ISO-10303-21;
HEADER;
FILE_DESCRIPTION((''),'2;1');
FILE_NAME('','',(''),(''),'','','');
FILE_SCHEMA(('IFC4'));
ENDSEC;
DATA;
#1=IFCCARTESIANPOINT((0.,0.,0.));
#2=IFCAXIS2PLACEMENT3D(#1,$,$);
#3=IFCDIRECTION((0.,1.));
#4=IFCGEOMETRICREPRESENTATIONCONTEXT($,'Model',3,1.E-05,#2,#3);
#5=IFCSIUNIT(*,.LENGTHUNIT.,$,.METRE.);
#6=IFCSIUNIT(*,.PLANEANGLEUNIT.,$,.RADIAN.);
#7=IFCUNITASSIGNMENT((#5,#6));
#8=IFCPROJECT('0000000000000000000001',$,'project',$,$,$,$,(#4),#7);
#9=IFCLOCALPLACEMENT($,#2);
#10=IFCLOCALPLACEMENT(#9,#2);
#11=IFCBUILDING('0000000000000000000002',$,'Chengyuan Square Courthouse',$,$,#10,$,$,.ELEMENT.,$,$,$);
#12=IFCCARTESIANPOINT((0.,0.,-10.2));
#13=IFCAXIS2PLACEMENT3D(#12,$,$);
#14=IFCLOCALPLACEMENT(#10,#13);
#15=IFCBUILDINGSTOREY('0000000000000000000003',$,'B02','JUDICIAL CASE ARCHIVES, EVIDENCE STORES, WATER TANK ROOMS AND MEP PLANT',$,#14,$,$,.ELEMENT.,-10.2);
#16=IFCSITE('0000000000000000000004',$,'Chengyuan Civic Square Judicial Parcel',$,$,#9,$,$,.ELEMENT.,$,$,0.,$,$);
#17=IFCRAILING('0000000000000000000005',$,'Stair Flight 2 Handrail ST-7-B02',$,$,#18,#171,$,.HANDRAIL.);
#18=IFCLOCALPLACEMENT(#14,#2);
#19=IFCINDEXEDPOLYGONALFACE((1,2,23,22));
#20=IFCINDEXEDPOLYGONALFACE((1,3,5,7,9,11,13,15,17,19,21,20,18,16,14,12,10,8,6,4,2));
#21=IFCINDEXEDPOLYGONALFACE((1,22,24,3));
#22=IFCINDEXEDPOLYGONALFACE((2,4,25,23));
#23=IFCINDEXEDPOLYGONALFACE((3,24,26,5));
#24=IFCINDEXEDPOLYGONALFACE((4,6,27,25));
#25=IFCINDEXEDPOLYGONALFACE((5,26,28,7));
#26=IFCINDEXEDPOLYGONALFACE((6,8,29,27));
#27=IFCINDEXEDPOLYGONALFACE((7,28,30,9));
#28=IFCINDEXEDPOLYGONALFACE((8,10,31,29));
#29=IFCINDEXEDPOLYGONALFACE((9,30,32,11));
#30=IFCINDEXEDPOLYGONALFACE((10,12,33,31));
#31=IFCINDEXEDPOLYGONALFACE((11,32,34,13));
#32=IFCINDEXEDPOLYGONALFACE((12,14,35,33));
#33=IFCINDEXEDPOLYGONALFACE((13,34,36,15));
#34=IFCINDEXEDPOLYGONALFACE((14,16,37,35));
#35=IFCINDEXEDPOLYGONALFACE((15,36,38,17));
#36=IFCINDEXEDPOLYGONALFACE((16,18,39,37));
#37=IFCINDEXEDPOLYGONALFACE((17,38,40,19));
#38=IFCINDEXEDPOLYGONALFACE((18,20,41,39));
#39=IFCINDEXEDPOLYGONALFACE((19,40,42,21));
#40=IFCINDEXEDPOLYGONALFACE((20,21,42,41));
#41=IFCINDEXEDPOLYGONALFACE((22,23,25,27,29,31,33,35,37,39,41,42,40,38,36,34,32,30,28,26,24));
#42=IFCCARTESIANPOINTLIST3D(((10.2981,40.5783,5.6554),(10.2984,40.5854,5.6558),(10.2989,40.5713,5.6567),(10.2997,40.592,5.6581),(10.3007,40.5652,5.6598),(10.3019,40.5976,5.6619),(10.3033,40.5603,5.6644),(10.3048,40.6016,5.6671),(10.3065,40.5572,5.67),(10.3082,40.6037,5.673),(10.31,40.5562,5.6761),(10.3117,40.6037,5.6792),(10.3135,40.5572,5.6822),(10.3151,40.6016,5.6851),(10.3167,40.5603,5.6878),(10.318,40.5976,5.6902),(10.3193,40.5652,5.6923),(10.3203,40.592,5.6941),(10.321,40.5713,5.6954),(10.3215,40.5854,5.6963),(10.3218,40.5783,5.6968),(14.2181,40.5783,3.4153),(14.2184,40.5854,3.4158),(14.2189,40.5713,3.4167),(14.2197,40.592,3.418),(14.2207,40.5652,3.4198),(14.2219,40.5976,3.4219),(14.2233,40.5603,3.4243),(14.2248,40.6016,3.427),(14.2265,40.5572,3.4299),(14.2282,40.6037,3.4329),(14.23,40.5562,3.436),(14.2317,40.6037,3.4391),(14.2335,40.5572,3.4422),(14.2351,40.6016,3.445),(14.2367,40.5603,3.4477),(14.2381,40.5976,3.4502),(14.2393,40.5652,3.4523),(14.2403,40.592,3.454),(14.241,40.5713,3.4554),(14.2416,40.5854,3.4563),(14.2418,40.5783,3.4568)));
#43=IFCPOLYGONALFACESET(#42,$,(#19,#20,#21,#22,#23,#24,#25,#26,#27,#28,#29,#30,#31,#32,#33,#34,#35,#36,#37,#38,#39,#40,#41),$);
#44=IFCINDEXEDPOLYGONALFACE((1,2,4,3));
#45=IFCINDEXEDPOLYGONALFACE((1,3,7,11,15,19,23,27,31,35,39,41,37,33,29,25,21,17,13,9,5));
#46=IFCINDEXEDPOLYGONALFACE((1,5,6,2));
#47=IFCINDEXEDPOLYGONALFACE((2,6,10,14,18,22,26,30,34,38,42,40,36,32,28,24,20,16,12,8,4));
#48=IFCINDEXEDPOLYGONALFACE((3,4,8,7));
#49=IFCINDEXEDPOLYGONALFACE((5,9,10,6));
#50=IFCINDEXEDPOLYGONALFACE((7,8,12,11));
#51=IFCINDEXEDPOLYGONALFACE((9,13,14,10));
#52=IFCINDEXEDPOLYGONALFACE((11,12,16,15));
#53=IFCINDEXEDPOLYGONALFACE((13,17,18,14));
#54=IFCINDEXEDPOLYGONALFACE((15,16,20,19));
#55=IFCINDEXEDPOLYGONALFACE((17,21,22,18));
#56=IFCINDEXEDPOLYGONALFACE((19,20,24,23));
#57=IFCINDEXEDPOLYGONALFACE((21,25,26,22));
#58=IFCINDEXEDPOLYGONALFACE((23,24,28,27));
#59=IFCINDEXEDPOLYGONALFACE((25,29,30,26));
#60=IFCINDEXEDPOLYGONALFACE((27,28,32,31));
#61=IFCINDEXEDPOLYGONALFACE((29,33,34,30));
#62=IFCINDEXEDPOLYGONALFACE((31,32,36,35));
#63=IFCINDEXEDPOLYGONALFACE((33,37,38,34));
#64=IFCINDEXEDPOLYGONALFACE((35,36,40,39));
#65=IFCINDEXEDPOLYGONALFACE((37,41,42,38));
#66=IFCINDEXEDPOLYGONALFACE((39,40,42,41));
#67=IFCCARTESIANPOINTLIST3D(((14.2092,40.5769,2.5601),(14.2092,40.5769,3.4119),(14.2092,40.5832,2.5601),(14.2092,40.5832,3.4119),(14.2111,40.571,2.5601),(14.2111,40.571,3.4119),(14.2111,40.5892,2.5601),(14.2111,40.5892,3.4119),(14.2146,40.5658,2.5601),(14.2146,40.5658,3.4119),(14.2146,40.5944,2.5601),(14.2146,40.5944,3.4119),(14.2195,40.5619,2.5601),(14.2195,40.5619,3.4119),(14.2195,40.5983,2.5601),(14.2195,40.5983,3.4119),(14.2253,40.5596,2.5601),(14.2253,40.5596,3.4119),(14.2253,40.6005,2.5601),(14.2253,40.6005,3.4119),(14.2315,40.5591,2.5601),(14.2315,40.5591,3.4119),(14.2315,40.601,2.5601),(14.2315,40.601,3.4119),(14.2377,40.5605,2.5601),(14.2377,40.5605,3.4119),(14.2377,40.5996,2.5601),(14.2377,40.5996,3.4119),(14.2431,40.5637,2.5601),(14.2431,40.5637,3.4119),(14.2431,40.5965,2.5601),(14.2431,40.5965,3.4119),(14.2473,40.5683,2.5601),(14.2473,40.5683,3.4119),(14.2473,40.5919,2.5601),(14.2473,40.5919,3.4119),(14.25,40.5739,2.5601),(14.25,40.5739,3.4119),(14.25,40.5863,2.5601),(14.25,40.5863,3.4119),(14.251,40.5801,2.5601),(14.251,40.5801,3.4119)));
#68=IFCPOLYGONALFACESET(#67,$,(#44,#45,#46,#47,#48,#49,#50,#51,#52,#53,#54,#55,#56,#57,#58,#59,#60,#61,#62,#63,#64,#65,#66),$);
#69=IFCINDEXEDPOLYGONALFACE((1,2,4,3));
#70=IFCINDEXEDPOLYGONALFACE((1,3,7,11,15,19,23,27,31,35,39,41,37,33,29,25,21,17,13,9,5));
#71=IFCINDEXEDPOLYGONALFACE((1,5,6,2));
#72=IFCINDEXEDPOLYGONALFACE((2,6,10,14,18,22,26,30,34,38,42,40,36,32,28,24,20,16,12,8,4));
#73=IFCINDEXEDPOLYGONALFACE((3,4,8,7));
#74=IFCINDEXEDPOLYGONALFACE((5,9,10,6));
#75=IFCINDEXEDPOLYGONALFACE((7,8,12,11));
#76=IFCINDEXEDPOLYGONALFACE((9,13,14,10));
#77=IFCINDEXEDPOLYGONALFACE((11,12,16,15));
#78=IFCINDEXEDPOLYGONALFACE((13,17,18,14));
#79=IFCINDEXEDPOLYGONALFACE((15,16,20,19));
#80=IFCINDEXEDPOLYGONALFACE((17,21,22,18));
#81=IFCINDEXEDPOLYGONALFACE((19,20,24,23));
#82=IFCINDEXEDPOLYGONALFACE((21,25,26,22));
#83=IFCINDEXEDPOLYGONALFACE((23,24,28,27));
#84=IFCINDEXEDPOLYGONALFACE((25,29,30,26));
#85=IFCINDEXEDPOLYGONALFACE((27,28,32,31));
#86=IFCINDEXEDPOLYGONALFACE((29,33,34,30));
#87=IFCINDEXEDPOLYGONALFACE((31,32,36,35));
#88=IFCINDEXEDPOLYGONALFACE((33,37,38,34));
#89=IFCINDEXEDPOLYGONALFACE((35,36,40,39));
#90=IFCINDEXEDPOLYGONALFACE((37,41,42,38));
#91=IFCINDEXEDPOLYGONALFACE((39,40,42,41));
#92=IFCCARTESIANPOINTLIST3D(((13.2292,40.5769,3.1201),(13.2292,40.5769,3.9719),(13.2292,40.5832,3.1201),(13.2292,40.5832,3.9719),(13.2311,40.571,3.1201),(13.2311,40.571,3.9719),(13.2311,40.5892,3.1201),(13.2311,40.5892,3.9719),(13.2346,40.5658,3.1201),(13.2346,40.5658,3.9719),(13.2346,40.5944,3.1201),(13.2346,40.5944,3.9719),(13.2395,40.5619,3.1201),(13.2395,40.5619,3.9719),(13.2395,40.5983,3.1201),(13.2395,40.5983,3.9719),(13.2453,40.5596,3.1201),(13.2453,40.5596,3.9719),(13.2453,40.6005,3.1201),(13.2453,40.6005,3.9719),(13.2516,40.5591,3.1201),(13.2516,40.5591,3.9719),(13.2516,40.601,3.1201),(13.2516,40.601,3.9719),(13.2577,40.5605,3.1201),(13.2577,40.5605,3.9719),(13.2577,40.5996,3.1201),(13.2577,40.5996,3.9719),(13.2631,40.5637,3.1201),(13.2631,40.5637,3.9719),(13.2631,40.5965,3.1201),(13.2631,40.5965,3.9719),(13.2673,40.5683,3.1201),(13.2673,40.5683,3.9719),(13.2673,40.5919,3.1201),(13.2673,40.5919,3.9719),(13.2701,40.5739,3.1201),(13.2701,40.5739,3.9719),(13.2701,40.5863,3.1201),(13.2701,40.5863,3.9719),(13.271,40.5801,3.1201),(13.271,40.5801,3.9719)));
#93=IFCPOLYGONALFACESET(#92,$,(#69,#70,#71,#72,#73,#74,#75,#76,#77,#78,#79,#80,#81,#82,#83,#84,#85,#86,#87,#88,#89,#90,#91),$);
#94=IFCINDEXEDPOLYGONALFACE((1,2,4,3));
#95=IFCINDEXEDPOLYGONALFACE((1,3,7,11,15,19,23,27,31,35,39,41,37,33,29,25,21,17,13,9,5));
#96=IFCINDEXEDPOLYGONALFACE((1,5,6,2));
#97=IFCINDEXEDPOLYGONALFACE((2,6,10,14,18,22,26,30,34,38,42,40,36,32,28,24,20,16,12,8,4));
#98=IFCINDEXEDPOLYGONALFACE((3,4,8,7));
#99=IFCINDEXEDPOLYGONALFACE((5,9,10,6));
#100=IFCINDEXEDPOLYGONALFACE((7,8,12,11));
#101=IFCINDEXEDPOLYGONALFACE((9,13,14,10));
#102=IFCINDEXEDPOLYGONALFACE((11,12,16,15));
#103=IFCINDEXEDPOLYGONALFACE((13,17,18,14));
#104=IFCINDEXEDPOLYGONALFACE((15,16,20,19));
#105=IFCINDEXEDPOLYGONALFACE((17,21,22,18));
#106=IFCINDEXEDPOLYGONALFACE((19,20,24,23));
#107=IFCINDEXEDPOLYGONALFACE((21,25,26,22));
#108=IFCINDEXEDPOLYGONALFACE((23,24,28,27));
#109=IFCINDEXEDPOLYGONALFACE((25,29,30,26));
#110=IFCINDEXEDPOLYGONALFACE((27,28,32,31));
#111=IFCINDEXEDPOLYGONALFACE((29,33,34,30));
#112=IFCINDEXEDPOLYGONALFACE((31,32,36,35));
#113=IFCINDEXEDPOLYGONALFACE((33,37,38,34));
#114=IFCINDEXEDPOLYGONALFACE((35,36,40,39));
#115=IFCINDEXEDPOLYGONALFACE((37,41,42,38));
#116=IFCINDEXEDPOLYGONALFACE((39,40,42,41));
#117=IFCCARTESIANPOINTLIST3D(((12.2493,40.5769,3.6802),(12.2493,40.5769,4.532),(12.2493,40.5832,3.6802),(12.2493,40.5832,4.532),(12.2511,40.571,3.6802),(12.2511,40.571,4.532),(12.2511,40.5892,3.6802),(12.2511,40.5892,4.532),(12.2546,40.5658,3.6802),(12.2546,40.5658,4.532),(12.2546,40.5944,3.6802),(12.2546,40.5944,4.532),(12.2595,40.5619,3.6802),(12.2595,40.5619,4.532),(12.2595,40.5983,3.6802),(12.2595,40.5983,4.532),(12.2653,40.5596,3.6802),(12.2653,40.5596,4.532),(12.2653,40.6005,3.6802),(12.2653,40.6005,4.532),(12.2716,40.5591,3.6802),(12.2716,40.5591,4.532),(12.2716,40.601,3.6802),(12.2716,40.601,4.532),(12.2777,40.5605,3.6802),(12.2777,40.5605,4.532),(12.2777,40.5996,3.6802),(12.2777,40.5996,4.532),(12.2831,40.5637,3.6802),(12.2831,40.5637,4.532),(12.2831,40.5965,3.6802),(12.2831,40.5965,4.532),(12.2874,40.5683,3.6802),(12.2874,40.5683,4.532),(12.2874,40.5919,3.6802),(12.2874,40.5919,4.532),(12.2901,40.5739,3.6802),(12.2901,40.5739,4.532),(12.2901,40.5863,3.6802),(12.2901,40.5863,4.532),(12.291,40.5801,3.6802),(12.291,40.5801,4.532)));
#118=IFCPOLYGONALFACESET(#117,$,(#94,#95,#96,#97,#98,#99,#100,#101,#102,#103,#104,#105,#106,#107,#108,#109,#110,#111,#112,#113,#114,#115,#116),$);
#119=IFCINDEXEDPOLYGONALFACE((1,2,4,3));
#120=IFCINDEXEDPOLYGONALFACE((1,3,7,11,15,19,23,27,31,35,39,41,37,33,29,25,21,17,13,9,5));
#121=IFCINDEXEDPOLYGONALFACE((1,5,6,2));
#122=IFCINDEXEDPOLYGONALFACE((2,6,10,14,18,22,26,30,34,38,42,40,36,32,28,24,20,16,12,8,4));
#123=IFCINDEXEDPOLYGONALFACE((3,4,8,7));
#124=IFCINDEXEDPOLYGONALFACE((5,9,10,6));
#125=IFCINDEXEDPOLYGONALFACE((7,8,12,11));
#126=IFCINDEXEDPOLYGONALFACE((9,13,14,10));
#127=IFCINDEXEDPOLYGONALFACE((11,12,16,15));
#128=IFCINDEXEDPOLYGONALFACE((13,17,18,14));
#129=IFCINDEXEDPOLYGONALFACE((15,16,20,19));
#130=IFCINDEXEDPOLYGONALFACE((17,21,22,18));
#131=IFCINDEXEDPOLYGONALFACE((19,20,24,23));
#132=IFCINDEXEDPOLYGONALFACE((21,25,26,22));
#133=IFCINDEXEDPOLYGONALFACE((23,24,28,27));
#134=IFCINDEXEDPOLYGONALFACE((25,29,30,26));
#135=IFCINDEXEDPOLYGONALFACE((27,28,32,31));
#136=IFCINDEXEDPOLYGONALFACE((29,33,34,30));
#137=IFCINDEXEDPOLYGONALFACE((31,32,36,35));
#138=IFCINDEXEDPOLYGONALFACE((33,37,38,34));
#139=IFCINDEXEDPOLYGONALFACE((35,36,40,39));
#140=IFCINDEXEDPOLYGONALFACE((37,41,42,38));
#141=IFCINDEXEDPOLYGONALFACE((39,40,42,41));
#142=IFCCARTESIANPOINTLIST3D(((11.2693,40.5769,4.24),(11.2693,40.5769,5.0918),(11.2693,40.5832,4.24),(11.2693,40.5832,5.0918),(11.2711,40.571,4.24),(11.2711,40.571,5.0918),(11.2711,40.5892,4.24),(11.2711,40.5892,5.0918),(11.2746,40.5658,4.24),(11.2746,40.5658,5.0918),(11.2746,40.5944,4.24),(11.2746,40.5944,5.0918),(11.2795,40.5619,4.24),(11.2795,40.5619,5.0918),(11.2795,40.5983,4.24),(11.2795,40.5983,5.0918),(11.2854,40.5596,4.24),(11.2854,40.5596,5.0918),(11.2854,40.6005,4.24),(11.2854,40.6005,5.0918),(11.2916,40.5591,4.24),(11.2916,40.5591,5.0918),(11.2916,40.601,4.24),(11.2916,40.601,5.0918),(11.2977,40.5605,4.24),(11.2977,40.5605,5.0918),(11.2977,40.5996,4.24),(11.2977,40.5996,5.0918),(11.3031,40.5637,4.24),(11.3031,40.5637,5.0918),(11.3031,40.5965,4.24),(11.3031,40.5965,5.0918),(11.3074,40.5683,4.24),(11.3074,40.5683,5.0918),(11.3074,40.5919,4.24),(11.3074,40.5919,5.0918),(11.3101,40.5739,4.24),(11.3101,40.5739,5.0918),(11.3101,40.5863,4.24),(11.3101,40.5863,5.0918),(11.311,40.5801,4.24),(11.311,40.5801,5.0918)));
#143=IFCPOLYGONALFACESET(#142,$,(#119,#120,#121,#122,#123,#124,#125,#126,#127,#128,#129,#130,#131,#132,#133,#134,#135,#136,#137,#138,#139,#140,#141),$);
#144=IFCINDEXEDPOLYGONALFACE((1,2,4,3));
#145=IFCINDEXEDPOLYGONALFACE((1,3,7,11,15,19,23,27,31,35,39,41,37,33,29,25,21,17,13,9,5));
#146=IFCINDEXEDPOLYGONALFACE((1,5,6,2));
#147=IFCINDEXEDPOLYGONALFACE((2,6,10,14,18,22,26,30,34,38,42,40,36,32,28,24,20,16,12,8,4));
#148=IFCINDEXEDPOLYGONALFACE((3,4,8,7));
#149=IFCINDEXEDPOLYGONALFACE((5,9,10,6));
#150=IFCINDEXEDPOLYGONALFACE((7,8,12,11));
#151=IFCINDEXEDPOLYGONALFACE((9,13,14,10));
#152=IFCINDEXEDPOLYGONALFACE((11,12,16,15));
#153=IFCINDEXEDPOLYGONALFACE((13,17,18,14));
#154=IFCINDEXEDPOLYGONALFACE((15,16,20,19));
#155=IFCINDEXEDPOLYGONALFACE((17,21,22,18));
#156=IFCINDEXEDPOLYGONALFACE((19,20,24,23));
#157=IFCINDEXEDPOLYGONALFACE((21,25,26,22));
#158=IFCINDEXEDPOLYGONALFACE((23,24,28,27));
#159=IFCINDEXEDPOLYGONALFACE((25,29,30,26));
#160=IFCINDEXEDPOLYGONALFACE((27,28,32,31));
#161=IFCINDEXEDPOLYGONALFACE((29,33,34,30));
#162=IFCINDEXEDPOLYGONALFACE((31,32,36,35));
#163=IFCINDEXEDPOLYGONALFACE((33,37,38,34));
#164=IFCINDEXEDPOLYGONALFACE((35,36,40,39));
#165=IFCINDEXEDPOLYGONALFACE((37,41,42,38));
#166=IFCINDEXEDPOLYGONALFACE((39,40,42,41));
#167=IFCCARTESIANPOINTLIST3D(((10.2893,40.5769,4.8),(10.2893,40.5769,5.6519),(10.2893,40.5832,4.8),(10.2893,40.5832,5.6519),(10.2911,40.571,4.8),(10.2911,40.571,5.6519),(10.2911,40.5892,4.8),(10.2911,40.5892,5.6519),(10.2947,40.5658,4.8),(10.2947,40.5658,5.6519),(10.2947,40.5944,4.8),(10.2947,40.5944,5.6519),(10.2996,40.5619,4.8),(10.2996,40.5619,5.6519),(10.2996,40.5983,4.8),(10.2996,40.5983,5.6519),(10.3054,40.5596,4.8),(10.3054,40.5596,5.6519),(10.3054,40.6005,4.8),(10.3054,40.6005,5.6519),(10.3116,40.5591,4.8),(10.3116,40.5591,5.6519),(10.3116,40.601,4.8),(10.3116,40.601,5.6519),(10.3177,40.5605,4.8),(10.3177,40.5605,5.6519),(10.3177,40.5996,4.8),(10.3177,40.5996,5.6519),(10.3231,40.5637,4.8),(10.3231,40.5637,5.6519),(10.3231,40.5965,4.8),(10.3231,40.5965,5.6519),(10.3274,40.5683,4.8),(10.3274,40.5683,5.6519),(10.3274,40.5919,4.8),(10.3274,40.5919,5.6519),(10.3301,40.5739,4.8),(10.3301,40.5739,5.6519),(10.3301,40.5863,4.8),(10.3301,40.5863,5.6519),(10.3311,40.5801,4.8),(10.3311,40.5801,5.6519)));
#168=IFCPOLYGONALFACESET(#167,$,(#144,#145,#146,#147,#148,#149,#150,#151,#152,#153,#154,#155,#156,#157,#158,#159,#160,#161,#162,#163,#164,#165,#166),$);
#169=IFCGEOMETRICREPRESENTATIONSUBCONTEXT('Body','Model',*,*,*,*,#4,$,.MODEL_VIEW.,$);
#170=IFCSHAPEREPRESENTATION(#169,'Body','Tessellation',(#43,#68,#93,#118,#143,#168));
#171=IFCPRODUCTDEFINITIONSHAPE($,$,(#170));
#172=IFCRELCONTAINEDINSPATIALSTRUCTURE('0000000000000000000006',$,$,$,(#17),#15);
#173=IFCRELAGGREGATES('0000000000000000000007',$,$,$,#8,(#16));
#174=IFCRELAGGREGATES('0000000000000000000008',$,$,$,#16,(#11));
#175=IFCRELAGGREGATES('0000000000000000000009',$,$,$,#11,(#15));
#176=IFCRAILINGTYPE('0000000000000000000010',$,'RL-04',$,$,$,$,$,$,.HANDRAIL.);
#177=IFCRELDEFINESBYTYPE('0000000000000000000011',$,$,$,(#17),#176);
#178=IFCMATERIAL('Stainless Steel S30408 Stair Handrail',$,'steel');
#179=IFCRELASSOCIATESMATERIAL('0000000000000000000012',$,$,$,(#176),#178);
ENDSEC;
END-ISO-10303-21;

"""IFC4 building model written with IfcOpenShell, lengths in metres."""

from ifc_helpers import new_model, si_unit, direction, frame, origin, origin_2d, place, context, subcontext, project, spatial, circle, extrude, material, type_object, element, save


model = new_model("IFC4")

# Units and contexts
model_context = context("Model", 3, precision=1e-05, world=origin(), true_north=direction((0.0, 1.0)))
body_context = subcontext(model_context, "Body", "Model", "MODEL_VIEW")
ifc_project = project(units=[si_unit("LENGTHUNIT", "METRE"), si_unit("PLANEANGLEUNIT", "RADIAN")], contexts=[model_context])

# Site, building, storey
site_placement = place(None, origin())
site = spatial("IfcSite", under=ifc_project, at=site_placement, Name="Chengyuan Civic Square Judicial Parcel", CompositionType="ELEMENT", RefElevation=0.0)
building_placement = place(site_placement, origin())
building = spatial("IfcBuilding", under=site, at=building_placement, Name="Chengyuan Square Courthouse", CompositionType="ELEMENT")
storey_placement = place(building_placement, frame((0.0, 0.0, -10.2)))
storey = spatial("IfcBuildingStorey", under=building, at=storey_placement, Name="B02", Description="JUDICIAL CASE ARCHIVES, EVIDENCE STORES, WATER TANK ROOMS AND MEP PLANT", CompositionType="ELEMENT", Elevation=-10.2)

# Railing
ifc_material_1 = material(Name="Stainless Steel S30408 Stair Handrail", Category="steel")
railing_type_1 = type_object("IfcRailingType", Name="RL-04", PredefinedType="HANDRAIL", material=ifc_material_1)
railing_1_placement = place(storey_placement, frame((14.23, 40.5801, 2.5601)))
element("IfcRailing", 1, at=railing_1_placement, inside=storey, type_object=railing_type_1, Name="Stair Flight 2 Handrail ST-7-B02", PredefinedType="HANDRAIL", context=body_context, shape_type="SweptSolid", body=[
    extrude(circle(Radius=0.0239, at=origin_2d()), frame((0.0, 0.0, 0.876), z_axis=(-0.86824, 0.0, 0.496145), x_axis=(0.0, -1.0, 0.0)), (0.0, 0.0, 1.0), 4.5149),
    extrude(circle(Radius=0.021, at=origin_2d()), origin(), (0.0, 0.0, 1.0), 0.8518),
    extrude(circle(Radius=0.021, at=origin_2d()), frame((-0.98, 0.0, 0.5601)), (0.0, 0.0, 1.0), 0.8518),
    extrude(circle(Radius=0.021, at=origin_2d()), frame((-1.96, 0.0, 1.1201)), (0.0, 0.0, 1.0), 0.8518),
    extrude(circle(Radius=0.021, at=origin_2d()), frame((-2.9399, 0.0, 1.6799)), (0.0, 0.0, 1.0), 0.8518),
    extrude(circle(Radius=0.021, at=origin_2d()), frame((-3.9199, 0.0, 2.24)), (0.0, 0.0, 1.0), 0.8518),
])

save(model, "model.ifc")
